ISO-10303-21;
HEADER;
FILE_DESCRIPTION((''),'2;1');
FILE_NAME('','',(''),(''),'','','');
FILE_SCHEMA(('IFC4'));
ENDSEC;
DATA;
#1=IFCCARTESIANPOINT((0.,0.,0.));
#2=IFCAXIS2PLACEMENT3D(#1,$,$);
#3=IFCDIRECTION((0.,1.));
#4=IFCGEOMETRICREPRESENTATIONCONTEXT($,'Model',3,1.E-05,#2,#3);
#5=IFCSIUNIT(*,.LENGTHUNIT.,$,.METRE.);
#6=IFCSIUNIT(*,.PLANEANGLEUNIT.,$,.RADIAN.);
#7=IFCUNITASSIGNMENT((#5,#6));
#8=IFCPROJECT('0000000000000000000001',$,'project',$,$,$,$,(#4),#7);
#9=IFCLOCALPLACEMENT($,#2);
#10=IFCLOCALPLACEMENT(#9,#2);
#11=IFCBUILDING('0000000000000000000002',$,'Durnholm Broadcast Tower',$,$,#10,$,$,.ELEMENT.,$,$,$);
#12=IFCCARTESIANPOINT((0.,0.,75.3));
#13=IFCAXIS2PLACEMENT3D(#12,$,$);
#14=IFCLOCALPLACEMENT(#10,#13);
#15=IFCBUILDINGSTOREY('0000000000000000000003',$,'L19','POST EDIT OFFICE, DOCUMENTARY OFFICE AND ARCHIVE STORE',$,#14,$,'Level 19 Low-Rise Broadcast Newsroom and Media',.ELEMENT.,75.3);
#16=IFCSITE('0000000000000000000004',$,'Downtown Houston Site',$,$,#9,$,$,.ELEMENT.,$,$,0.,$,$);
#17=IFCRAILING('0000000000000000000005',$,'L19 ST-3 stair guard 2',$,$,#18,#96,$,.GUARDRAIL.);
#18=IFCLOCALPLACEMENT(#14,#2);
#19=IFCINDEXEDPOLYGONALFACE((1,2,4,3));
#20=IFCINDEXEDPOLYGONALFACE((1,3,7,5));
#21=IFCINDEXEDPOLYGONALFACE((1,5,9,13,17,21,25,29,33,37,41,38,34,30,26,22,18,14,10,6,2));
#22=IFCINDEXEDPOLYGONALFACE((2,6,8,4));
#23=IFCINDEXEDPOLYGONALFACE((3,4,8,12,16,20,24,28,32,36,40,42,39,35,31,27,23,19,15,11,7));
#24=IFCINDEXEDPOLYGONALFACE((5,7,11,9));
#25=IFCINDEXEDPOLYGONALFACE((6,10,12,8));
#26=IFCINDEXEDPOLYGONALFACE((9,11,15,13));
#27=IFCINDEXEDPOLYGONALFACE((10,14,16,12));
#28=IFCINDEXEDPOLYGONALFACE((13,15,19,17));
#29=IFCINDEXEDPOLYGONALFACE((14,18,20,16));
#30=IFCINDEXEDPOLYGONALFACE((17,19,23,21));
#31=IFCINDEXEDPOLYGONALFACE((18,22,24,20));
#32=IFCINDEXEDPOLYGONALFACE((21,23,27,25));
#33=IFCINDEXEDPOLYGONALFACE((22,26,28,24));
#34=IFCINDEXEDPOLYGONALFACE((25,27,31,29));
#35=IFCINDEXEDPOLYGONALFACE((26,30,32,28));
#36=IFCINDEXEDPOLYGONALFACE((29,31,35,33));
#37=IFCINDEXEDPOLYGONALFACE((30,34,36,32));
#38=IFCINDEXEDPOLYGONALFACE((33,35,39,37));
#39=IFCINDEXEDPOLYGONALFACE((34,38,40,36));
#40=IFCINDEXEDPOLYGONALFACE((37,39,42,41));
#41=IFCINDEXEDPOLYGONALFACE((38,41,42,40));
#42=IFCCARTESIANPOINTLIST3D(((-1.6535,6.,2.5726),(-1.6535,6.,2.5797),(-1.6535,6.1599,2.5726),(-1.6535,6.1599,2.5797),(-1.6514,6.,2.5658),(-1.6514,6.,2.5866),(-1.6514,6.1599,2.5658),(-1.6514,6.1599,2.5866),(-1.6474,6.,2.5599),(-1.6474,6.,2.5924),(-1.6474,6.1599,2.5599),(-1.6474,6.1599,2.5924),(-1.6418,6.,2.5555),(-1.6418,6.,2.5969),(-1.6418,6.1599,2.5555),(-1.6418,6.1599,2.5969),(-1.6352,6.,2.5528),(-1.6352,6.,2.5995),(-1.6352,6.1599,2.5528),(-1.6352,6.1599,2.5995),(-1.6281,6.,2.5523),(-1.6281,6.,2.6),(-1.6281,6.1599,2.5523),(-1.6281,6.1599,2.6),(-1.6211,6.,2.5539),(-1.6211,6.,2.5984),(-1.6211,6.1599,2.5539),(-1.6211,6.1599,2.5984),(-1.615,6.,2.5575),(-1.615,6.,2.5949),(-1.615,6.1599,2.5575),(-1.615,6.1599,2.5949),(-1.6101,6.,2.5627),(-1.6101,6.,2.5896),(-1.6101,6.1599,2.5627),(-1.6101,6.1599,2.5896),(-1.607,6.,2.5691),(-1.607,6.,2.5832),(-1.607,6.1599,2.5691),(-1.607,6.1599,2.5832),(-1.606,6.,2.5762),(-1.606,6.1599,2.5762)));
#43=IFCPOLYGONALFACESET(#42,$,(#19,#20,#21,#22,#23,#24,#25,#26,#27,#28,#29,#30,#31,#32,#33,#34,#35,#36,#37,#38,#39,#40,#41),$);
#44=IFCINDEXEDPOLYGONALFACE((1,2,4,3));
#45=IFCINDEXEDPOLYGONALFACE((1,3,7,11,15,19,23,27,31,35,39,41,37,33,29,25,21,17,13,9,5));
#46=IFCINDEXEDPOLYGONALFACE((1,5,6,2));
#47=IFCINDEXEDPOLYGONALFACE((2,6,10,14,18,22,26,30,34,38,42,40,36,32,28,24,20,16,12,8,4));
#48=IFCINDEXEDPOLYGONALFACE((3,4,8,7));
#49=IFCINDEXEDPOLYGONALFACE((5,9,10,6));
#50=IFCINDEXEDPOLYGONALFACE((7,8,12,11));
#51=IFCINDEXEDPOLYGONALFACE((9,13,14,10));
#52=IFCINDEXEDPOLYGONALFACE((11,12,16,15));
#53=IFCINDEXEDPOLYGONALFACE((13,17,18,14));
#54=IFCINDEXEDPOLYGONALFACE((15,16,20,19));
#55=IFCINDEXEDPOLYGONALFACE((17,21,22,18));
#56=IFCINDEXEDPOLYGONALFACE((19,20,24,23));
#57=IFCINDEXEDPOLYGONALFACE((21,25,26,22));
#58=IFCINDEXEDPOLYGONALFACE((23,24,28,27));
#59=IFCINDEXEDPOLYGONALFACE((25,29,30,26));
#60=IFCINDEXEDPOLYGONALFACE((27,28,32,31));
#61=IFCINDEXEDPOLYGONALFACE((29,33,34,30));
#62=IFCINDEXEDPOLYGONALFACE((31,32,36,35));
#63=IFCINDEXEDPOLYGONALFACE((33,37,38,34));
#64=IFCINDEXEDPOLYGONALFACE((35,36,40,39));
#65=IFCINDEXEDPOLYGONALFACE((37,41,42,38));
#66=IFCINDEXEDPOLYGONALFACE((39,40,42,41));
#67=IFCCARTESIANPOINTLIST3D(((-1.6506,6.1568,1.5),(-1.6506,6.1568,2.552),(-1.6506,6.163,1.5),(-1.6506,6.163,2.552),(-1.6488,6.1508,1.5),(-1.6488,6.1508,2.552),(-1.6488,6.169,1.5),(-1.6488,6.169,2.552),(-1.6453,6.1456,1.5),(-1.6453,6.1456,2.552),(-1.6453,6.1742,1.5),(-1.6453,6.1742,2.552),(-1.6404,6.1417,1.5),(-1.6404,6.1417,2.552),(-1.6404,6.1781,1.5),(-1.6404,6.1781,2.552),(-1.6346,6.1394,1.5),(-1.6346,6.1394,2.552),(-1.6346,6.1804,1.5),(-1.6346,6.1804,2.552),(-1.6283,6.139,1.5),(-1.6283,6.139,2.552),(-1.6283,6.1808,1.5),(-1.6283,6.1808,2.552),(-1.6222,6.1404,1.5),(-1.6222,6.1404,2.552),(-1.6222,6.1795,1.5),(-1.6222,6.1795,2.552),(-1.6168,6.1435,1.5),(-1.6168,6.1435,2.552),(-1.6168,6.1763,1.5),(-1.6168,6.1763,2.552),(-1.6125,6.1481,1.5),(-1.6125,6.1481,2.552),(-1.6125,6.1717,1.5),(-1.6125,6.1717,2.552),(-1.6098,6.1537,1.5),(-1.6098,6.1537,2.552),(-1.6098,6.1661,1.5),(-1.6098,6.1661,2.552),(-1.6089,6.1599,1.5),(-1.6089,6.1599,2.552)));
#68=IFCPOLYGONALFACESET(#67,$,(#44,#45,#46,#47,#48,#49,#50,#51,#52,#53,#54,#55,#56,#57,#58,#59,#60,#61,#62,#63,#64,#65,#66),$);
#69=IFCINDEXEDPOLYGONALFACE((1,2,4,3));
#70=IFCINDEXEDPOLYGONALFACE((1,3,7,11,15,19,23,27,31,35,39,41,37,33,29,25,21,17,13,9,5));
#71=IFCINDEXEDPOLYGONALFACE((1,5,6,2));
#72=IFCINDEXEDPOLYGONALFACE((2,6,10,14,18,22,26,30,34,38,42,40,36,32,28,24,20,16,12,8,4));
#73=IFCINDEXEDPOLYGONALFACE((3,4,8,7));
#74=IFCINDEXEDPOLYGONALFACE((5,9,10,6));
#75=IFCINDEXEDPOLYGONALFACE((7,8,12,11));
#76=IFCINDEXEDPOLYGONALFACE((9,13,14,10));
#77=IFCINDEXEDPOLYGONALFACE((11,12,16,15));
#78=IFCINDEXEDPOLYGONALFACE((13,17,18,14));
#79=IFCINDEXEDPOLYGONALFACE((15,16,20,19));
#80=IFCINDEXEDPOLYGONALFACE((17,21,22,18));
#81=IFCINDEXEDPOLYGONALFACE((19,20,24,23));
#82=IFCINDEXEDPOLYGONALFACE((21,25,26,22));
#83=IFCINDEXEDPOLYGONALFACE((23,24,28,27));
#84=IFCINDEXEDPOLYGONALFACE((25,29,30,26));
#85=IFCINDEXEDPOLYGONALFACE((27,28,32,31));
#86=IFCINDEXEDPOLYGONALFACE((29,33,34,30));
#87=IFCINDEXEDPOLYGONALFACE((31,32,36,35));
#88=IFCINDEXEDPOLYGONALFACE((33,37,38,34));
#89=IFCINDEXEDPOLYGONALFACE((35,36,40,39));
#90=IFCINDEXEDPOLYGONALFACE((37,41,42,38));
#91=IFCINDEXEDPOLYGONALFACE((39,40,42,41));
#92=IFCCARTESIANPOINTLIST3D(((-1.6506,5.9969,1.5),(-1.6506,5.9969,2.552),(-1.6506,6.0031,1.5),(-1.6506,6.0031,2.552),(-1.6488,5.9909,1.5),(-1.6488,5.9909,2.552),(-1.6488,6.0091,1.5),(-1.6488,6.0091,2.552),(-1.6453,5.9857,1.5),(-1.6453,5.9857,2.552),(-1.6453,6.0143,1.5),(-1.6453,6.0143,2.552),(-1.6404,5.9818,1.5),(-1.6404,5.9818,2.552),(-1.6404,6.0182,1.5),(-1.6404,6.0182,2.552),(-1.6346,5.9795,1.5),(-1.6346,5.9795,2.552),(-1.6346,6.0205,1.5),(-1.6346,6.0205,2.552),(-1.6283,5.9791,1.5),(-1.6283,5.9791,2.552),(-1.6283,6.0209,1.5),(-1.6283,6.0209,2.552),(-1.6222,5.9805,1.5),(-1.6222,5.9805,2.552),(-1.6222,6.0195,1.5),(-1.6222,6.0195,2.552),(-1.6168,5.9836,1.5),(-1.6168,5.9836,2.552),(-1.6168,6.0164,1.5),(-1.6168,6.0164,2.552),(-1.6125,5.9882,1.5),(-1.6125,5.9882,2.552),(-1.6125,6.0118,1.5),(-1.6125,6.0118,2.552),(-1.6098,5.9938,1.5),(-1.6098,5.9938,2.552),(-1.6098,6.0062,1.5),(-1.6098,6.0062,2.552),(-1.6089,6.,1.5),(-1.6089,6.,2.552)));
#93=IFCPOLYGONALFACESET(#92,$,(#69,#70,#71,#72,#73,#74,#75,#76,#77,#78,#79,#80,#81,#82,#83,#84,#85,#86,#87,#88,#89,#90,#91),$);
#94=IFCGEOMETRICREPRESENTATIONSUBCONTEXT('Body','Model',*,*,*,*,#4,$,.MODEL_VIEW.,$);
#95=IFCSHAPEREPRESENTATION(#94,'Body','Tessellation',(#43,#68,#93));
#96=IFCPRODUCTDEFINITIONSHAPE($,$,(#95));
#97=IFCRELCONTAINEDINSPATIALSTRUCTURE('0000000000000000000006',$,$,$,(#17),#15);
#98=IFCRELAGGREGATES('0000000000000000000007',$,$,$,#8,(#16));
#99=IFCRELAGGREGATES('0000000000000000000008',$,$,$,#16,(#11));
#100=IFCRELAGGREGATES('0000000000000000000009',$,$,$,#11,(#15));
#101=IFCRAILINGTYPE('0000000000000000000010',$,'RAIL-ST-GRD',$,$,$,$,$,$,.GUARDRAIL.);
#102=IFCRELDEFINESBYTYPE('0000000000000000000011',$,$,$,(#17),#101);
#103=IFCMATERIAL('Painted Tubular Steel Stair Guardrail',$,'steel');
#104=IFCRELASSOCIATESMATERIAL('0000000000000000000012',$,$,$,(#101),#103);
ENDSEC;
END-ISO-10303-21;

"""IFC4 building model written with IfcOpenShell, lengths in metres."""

from ifc_helpers import new_model, si_unit, direction, frame, origin, origin_2d, place, context, subcontext, project, spatial, circle, extrude, material, type_object, element, save


model = new_model("IFC4")

# Units and contexts
model_context = context("Model", 3, precision=1e-05, world=origin(), true_north=direction((0.0, 1.0)))
body_context = subcontext(model_context, "Body", "Model", "MODEL_VIEW")
ifc_project = project(units=[si_unit("LENGTHUNIT", "METRE"), si_unit("PLANEANGLEUNIT", "RADIAN")], contexts=[model_context])

# Site, building, storey
site_placement = place(None, origin())
site = spatial("IfcSite", under=ifc_project, at=site_placement, Name="Downtown Houston Site", CompositionType="ELEMENT", RefElevation=0.0)
building_placement = place(site_placement, origin())
building = spatial("IfcBuilding", under=site, at=building_placement, Name="Durnholm Broadcast Tower", CompositionType="ELEMENT")
storey_placement = place(building_placement, frame((0.0, 0.0, 75.3)))
storey = spatial("IfcBuildingStorey", under=building, at=storey_placement, Name="L19", Description="POST EDIT OFFICE, DOCUMENTARY OFFICE AND ARCHIVE STORE", LongName="Level 19 Low-Rise Broadcast Newsroom and Media", CompositionType="ELEMENT", Elevation=75.3)

# Railing
ifc_material_1 = material(Name="Painted Tubular Steel Stair Guardrail", Category="steel")
railing_type_1 = type_object("IfcRailingType", Name="RAIL-ST-GRD", PredefinedType="GUARDRAIL", material=ifc_material_1)
railing_1_placement = place(storey_placement, frame((-1.6299, 6.1599, 1.5)))
element("IfcRailing", 1, at=railing_1_placement, inside=storey, type_object=railing_type_1, Name="L19 ST-3 stair guard 2", PredefinedType="GUARDRAIL", context=body_context, shape_type="SweptSolid", body=[
    extrude(circle(Radius=0.0239, at=origin_2d()), frame((0.0, 0.0, 1.0762), z_axis=(0.0, -1.0, 0.0), x_axis=(1.0, 0.0, 0.0)), (0.0, 0.0, 1.0), 0.1599),
    extrude(circle(Radius=0.021, at=origin_2d()), origin(), (0.0, 0.0, 1.0), 1.052),
    extrude(circle(Radius=0.021, at=origin_2d()), frame((0.0, -0.1599, 0.0)), (0.0, 0.0, 1.0), 1.052),
])

save(model, "model.ifc")
